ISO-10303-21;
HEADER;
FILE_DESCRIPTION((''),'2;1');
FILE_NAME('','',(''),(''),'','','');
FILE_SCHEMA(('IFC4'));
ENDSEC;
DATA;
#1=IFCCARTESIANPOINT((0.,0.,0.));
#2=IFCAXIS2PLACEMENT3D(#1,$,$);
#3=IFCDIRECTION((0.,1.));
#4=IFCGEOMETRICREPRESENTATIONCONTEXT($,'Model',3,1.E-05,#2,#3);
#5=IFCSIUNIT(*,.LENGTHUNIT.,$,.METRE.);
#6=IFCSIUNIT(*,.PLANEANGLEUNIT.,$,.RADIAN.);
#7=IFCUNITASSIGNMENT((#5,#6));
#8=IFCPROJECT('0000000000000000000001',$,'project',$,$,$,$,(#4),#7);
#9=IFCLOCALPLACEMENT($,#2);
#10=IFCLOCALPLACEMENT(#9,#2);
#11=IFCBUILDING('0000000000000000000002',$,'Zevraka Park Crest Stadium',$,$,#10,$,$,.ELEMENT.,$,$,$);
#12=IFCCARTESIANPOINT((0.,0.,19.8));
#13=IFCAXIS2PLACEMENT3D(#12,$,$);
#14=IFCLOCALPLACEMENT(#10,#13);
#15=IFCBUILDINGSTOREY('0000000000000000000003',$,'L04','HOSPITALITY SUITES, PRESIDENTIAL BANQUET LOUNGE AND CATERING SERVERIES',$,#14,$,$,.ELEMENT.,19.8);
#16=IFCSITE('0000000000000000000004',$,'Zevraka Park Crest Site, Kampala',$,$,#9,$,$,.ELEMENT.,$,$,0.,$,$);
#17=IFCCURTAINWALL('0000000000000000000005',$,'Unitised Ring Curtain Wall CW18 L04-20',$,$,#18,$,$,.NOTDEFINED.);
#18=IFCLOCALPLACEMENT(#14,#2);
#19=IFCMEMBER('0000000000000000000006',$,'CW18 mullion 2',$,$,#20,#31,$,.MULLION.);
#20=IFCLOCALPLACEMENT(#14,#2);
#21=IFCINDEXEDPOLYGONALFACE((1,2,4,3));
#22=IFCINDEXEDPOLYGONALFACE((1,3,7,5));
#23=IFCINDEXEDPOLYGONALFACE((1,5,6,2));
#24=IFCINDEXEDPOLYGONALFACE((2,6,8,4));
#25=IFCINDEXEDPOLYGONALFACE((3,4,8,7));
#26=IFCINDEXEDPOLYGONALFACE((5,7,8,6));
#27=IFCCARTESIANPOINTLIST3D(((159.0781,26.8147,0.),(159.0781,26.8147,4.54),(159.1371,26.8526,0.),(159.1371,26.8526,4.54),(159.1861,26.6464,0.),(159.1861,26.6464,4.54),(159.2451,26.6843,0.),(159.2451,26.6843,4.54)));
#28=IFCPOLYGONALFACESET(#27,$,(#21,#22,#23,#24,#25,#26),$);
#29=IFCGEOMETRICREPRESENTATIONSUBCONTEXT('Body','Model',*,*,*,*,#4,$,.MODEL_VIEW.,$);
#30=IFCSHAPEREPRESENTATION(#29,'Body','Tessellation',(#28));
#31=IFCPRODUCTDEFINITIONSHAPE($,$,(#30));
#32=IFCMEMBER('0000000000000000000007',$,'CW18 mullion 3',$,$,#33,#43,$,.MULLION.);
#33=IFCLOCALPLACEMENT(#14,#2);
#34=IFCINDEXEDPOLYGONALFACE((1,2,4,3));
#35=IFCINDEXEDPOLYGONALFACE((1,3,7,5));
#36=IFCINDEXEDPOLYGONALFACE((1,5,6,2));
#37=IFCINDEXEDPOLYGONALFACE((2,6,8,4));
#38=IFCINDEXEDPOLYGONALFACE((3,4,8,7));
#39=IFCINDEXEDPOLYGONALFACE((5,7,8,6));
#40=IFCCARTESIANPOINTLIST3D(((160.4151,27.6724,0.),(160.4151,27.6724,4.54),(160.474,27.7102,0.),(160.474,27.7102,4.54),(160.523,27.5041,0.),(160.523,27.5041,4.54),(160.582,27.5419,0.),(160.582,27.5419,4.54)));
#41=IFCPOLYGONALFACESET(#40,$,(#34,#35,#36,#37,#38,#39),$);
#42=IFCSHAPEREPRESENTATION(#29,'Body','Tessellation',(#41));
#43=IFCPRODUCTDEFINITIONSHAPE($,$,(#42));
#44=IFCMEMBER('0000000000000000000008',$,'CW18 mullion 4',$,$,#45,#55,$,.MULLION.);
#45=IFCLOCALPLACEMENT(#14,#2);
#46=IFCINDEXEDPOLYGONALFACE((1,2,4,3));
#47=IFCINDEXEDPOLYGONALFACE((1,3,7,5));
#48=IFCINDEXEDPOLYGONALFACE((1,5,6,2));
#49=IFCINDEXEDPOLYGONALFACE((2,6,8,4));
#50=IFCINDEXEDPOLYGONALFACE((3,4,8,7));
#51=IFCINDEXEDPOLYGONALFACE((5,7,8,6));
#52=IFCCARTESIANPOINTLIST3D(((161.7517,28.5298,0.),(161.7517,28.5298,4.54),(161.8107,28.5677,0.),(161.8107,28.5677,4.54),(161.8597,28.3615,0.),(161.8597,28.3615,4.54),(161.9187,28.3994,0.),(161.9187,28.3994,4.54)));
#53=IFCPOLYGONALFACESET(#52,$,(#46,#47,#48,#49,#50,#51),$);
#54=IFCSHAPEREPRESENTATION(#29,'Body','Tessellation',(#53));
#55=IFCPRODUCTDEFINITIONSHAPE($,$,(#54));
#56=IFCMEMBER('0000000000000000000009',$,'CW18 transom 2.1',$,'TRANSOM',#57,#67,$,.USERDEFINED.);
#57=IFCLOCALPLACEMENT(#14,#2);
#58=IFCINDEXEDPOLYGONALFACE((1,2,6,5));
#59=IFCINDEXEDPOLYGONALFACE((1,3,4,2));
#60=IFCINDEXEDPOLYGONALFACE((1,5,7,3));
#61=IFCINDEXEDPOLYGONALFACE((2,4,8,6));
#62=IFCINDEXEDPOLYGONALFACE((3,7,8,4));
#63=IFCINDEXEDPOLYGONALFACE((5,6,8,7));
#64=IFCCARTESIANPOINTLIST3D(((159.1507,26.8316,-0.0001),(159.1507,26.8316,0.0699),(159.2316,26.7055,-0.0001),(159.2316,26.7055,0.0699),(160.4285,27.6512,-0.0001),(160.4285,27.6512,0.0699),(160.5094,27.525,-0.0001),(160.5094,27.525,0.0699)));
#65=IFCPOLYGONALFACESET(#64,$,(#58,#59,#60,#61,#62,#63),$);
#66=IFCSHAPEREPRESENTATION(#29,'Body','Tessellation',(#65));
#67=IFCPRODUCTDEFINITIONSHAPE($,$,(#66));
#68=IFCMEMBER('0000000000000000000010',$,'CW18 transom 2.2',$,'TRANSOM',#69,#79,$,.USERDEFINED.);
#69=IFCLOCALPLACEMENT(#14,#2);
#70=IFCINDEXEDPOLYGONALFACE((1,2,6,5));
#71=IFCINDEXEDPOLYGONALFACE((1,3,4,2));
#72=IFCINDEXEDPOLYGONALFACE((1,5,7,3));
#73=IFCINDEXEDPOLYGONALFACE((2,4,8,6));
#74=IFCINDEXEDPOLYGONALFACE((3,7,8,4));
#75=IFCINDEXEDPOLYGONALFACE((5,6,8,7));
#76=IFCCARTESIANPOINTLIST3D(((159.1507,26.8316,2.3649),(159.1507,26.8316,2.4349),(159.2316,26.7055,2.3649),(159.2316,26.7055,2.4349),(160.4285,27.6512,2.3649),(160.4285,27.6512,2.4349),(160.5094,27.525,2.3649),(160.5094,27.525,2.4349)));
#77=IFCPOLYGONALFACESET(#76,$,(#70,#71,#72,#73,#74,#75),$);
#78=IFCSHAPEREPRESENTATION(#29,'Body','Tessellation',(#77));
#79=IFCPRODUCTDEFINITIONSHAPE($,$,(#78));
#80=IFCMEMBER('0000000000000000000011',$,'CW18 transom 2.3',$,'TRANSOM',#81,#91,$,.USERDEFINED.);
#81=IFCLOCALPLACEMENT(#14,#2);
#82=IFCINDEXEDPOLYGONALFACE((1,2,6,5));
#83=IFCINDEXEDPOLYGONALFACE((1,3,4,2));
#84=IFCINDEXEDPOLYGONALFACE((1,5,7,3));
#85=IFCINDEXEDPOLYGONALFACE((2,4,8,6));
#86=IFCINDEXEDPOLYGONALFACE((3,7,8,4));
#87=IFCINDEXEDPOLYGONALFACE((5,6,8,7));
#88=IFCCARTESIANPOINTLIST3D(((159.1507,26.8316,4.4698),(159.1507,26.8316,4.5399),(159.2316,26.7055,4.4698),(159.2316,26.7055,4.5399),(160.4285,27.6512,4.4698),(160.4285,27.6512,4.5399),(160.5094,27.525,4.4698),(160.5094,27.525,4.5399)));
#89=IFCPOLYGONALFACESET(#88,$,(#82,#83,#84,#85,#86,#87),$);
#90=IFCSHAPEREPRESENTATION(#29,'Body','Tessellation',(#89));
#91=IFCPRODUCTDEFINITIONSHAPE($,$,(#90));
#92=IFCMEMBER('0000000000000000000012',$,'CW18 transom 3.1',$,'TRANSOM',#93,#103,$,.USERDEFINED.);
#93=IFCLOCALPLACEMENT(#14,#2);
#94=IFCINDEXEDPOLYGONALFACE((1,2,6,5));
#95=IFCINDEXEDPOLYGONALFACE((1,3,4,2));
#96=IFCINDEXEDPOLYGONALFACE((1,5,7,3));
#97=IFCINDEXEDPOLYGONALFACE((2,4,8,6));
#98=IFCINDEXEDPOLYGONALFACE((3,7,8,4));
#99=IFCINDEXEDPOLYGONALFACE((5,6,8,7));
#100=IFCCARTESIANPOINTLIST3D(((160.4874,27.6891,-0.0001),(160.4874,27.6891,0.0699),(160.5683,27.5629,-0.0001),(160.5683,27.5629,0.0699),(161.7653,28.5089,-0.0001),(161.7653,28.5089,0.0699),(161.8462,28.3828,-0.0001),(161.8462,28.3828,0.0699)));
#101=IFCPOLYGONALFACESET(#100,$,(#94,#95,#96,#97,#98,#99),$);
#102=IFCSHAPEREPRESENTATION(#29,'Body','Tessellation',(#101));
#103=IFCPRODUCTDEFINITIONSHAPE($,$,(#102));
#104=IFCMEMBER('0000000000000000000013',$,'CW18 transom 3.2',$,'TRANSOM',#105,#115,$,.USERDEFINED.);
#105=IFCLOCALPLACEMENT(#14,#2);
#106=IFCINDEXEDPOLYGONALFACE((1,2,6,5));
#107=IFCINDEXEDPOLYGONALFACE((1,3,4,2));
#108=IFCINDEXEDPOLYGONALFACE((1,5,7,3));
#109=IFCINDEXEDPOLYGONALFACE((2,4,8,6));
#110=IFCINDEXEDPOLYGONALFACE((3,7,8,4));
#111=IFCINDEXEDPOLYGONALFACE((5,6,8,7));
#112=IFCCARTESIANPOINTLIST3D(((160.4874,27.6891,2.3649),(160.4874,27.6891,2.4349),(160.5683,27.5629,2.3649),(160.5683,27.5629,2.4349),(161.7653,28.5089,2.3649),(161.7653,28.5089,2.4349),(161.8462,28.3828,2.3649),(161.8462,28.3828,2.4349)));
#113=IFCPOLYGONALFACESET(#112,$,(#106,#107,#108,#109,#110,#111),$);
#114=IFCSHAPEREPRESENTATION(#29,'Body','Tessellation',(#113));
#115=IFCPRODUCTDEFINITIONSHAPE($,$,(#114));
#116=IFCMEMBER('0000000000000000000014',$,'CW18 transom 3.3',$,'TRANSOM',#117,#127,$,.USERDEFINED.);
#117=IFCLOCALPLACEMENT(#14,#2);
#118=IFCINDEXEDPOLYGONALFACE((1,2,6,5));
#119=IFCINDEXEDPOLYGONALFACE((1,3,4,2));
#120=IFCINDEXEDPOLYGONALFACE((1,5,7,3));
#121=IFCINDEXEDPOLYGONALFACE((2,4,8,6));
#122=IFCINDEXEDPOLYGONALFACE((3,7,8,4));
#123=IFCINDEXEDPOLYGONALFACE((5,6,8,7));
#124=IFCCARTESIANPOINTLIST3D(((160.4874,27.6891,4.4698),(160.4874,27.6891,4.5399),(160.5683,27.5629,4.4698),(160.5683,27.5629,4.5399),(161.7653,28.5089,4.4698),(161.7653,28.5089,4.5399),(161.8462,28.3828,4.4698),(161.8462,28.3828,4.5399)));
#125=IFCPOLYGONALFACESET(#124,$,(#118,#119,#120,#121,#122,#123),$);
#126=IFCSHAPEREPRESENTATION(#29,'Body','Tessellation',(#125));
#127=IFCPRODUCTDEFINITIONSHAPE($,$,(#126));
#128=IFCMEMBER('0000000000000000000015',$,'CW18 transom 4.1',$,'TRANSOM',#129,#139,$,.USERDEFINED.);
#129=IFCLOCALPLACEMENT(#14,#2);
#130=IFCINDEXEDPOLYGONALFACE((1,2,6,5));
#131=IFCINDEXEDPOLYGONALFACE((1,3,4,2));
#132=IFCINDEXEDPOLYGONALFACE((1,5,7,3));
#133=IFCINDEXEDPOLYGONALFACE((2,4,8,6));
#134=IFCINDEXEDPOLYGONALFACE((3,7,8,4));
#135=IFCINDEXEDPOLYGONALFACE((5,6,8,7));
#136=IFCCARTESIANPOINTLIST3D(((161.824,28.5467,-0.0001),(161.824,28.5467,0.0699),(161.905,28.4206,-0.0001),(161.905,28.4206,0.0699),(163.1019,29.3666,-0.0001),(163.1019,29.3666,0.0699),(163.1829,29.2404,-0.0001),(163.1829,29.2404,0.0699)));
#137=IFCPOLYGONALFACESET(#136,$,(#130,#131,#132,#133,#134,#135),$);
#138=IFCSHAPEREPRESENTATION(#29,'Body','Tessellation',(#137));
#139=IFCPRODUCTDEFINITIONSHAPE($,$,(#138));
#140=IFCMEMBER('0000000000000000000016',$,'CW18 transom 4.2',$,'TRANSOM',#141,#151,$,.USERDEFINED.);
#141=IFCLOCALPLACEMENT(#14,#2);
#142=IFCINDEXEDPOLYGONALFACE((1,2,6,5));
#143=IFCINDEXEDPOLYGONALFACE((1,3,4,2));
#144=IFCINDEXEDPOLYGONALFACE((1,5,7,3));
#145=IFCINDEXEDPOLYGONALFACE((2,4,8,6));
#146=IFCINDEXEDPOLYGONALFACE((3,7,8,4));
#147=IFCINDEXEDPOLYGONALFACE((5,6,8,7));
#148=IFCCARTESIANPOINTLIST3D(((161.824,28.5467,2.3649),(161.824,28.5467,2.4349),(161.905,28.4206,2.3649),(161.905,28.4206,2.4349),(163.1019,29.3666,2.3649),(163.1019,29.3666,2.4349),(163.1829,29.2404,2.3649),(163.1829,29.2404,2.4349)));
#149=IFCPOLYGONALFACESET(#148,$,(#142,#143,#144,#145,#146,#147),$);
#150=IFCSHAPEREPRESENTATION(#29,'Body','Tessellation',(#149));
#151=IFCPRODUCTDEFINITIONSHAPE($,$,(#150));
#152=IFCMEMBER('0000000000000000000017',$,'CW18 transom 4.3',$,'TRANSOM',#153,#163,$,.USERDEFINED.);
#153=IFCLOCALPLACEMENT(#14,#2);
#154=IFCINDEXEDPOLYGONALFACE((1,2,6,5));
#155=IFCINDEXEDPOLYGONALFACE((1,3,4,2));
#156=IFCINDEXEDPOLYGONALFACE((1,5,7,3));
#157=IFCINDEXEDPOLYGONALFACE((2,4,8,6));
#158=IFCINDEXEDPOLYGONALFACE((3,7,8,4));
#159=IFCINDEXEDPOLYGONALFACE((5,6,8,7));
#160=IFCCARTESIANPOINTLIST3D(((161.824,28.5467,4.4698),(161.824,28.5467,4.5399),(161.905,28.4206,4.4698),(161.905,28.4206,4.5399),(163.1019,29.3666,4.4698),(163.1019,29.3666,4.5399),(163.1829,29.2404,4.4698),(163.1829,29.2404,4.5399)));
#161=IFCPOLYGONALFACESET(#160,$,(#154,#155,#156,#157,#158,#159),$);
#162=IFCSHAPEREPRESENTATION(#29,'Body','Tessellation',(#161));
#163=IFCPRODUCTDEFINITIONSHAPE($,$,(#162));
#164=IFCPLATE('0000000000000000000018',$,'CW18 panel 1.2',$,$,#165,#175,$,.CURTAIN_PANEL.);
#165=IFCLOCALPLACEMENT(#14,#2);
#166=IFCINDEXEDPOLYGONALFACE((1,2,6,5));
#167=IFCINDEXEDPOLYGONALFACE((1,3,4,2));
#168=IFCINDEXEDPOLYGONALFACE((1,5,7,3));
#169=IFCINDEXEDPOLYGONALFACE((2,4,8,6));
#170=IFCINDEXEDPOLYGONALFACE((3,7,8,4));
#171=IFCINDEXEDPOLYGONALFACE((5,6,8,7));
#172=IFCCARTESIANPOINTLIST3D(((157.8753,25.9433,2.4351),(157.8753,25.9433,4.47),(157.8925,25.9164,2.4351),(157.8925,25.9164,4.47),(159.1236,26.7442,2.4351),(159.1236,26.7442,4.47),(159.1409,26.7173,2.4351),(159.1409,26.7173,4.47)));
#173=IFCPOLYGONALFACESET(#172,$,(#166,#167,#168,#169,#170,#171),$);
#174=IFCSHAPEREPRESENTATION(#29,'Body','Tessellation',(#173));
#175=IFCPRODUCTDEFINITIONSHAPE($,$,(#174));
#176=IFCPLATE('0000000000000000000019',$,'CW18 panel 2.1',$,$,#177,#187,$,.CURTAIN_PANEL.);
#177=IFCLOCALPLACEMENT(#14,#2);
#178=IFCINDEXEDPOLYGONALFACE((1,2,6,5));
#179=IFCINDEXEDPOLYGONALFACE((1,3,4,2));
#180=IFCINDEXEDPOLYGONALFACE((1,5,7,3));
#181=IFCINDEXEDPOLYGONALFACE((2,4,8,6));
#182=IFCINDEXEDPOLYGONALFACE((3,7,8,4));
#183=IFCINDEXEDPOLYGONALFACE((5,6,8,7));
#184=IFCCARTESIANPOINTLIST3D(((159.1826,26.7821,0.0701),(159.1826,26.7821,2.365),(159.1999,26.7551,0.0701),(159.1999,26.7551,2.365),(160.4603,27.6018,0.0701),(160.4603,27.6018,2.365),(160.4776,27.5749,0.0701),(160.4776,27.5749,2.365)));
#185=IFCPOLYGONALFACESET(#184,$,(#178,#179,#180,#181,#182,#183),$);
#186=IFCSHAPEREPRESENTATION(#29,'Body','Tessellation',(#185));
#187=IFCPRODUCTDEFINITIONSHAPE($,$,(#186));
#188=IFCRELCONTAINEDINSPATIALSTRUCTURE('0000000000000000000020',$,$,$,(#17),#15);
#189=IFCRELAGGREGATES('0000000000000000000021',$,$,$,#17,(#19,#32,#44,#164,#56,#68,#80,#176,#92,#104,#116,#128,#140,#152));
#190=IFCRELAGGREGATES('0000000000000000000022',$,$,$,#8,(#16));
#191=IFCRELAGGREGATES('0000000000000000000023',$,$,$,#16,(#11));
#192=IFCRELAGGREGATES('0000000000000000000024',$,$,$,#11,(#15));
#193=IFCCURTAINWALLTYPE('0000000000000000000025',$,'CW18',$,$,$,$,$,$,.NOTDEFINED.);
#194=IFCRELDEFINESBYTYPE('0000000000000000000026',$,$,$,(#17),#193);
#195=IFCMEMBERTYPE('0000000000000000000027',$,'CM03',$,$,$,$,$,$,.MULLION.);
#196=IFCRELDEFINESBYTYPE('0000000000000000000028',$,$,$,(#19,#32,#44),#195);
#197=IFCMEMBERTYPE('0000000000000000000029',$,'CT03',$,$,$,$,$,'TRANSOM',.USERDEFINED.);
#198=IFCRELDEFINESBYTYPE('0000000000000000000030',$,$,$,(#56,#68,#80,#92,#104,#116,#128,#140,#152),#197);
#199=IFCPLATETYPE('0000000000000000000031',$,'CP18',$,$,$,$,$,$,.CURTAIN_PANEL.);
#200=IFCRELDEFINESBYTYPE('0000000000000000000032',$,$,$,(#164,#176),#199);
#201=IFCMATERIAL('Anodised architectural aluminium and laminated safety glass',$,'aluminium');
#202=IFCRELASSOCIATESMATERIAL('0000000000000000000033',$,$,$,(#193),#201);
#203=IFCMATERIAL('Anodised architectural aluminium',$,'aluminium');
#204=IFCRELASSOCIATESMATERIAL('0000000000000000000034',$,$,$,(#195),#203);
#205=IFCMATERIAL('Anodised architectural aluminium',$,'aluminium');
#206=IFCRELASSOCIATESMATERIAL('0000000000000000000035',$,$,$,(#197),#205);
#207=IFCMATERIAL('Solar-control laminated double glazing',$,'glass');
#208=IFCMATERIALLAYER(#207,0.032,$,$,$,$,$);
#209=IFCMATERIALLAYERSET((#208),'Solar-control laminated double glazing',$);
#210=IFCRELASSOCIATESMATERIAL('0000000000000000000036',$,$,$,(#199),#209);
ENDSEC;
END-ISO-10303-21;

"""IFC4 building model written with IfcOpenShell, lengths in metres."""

from ifc_helpers import new_model, si_unit, direction, frame, origin, origin_2d, place, context, subcontext, project, spatial, rectangle, extrude, material, layer, layer_set, material_profile, profile_set, type_object, element, aggregate, save


model = new_model("IFC4")

# Units and contexts
model_context = context("Model", 3, precision=1e-05, world=origin(), true_north=direction((0.0, 1.0)))
body_context = subcontext(model_context, "Body", "Model", "MODEL_VIEW")
ifc_project = project(units=[si_unit("LENGTHUNIT", "METRE"), si_unit("PLANEANGLEUNIT", "RADIAN")], contexts=[model_context])

# Site, building, storey
site_placement = place(None, origin())
site = spatial("IfcSite", under=ifc_project, at=site_placement, Name="Zevraka Park Crest Site, Kampala", CompositionType="ELEMENT", RefElevation=0.0)
building_placement = place(site_placement, origin())
building = spatial("IfcBuilding", under=site, at=building_placement, Name="Zevraka Park Crest Stadium", CompositionType="ELEMENT")
storey_placement = place(building_placement, frame((0.0, 0.0, 19.8)))
storey = spatial("IfcBuildingStorey", under=building, at=storey_placement, Name="L04", Description="HOSPITALITY SUITES, PRESIDENTIAL BANQUET LOUNGE AND CATERING SERVERIES", CompositionType="ELEMENT", Elevation=19.8)

# Curtain wall, members, plates
ifc_material_1 = material(Name="Anodised architectural aluminium and laminated safety glass", Category="aluminium")
curtain_wall_type = type_object("IfcCurtainWallType", Name="CW18", PredefinedType="NOTDEFINED", material=ifc_material_1)
curtain_wall_placement = place(storey_placement, origin())
curtain_wall = element("IfcCurtainWall", 1, at=curtain_wall_placement, inside=storey, type_object=curtain_wall_type, Name="Unitised Ring Curtain Wall CW18 L04-20", PredefinedType="NOTDEFINED")
ifc_material_2 = material(Name="Anodised architectural aluminium", Category="aluminium")
ifc_material_profile_1 = material_profile(ifc_material_2, rectangle(XDim=0.2, YDim=0.0701, at=origin_2d()), Name="ALU MULLION 200x70")
ifc_profile_set_1 = profile_set([ifc_material_profile_1], Name="Anodised architectural aluminium")
member_type_1 = type_object("IfcMemberType", Name="CM03", PredefinedType="MULLION", material=ifc_profile_set_1)
member_1_placement = place(storey_placement, frame((159.1616, 26.7495, 0.0), z_axis=(0.0, 0.0, 1.0), x_axis=(-0.53998, 0.841678, 0.0)))
member_1 = element("IfcMember", 2, at=member_1_placement, type_object=member_type_1, Name="CW18 mullion 2", PredefinedType="MULLION", context=body_context, shape_type="SweptSolid", body=[
    extrude(rectangle(XDim=0.2, YDim=0.0701, at=origin_2d()), origin(), (0.0, 0.0, 1.0), 4.54),
])
member_2_placement = place(storey_placement, frame((160.4985, 27.6072, 0.0), z_axis=(0.0, 0.0, 1.0), x_axis=(-0.53998, 0.841678, 0.0)))
member_2 = element("IfcMember", 3, at=member_2_placement, type_object=member_type_1, Name="CW18 mullion 3", PredefinedType="MULLION", context=body_context, shape_type="SweptSolid", body=[
    extrude(rectangle(XDim=0.2, YDim=0.0701, at=origin_2d()), origin(), (0.0, 0.0, 1.0), 4.54),
])
member_3_placement = place(storey_placement, frame((161.8352, 28.4646, 0.0), z_axis=(0.0, 0.0, 1.0), x_axis=(-0.53998, 0.841678, 0.0)))
member_3 = element("IfcMember", 4, at=member_3_placement, type_object=member_type_1, Name="CW18 mullion 4", PredefinedType="MULLION", context=body_context, shape_type="SweptSolid", body=[
    extrude(rectangle(XDim=0.2, YDim=0.0701, at=origin_2d()), origin(), (0.0, 0.0, 1.0), 4.54),
])
ifc_material_3 = material(Name="Anodised architectural aluminium", Category="aluminium")
ifc_material_profile_2 = material_profile(ifc_material_3, rectangle(XDim=0.1499, YDim=0.0701, at=origin_2d()), Name="ALU TRANSOM 150x70")
ifc_profile_set_2 = profile_set([ifc_material_profile_2], Name="Anodised architectural aluminium")
member_type_2 = type_object("IfcMemberType", Name="CT03", ElementType="TRANSOM", PredefinedType="USERDEFINED", material=ifc_profile_set_2)
member_4_placement = place(storey_placement, frame((159.1912, 26.7686, 0.0349), z_axis=(0.841742, 0.539879, 0.0), x_axis=(-0.539879, 0.841742, 0.0)))
member_4 = element("IfcMember", 5, at=member_4_placement, type_object=member_type_2, Name="CW18 transom 2.1", ObjectType="TRANSOM", PredefinedType="USERDEFINED", context=body_context, shape_type="SweptSolid", body=[
    extrude(rectangle(XDim=0.1499, YDim=0.0701, at=origin_2d()), origin(), (0.0, 0.0, 1.0), 1.5181),
])
member_5_placement = place(storey_placement, frame((159.1912, 26.7686, 2.3999), z_axis=(0.841742, 0.539879, 0.0), x_axis=(-0.539879, 0.841742, 0.0)))
member_5 = element("IfcMember", 6, at=member_5_placement, type_object=member_type_2, Name="CW18 transom 2.2", ObjectType="TRANSOM", PredefinedType="USERDEFINED", context=body_context, shape_type="SweptSolid", body=[
    extrude(rectangle(XDim=0.1499, YDim=0.0701, at=origin_2d()), origin(), (0.0, 0.0, 1.0), 1.5181),
])
member_6_placement = place(storey_placement, frame((159.1912, 26.7686, 4.5049), z_axis=(0.841742, 0.539879, 0.0), x_axis=(-0.539879, 0.841742, 0.0)))
member_6 = element("IfcMember", 7, at=member_6_placement, type_object=member_type_2, Name="CW18 transom 2.3", ObjectType="TRANSOM", PredefinedType="USERDEFINED", context=body_context, shape_type="SweptSolid", body=[
    extrude(rectangle(XDim=0.1499, YDim=0.0701, at=origin_2d()), origin(), (0.0, 0.0, 1.0), 1.5181),
])
member_7_placement = place(storey_placement, frame((160.5278, 27.626, 0.0349), z_axis=(0.841669, 0.539993, 0.0), x_axis=(-0.539993, 0.841669, 0.0)))
member_7 = element("IfcMember", 8, at=member_7_placement, type_object=member_type_2, Name="CW18 transom 3.1", ObjectType="TRANSOM", PredefinedType="USERDEFINED", context=body_context, shape_type="SweptSolid", body=[
    extrude(rectangle(XDim=0.1499, YDim=0.0701, at=origin_2d()), origin(), (0.0, 0.0, 1.0), 1.5183),
])
member_8_placement = place(storey_placement, frame((160.5278, 27.626, 2.3999), z_axis=(0.841669, 0.539993, 0.0), x_axis=(-0.539993, 0.841669, 0.0)))
member_8 = element("IfcMember", 9, at=member_8_placement, type_object=member_type_2, Name="CW18 transom 3.2", ObjectType="TRANSOM", PredefinedType="USERDEFINED", context=body_context, shape_type="SweptSolid", body=[
    extrude(rectangle(XDim=0.1499, YDim=0.0701, at=origin_2d()), origin(), (0.0, 0.0, 1.0), 1.5183),
])
member_9_placement = place(storey_placement, frame((160.5278, 27.626, 4.5049), z_axis=(0.841669, 0.539993, 0.0), x_axis=(-0.539993, 0.841669, 0.0)))
member_9 = element("IfcMember", 10, at=member_9_placement, type_object=member_type_2, Name="CW18 transom 3.3", ObjectType="TRANSOM", PredefinedType="USERDEFINED", context=body_context, shape_type="SweptSolid", body=[
    extrude(rectangle(XDim=0.1499, YDim=0.0701, at=origin_2d()), origin(), (0.0, 0.0, 1.0), 1.5183),
])
member_10_placement = place(storey_placement, frame((161.8645, 28.4836, 0.0349), z_axis=(0.841669, 0.539993, 0.0), x_axis=(-0.539993, 0.841669, 0.0)))
member_10 = element("IfcMember", 11, at=member_10_placement, type_object=member_type_2, Name="CW18 transom 4.1", ObjectType="TRANSOM", PredefinedType="USERDEFINED", context=body_context, shape_type="SweptSolid", body=[
    extrude(rectangle(XDim=0.1499, YDim=0.0701, at=origin_2d()), origin(), (0.0, 0.0, 1.0), 1.5183),
])
member_11_placement = place(storey_placement, frame((161.8645, 28.4836, 2.3999), z_axis=(0.841669, 0.539993, 0.0), x_axis=(-0.539993, 0.841669, 0.0)))
member_11 = element("IfcMember", 12, at=member_11_placement, type_object=member_type_2, Name="CW18 transom 4.2", ObjectType="TRANSOM", PredefinedType="USERDEFINED", context=body_context, shape_type="SweptSolid", body=[
    extrude(rectangle(XDim=0.1499, YDim=0.0701, at=origin_2d()), origin(), (0.0, 0.0, 1.0), 1.5183),
])
member_12_placement = place(storey_placement, frame((161.8645, 28.4836, 4.5049), z_axis=(0.841669, 0.539993, 0.0), x_axis=(-0.539993, 0.841669, 0.0)))
member_12 = element("IfcMember", 13, at=member_12_placement, type_object=member_type_2, Name="CW18 transom 4.3", ObjectType="TRANSOM", PredefinedType="USERDEFINED", context=body_context, shape_type="SweptSolid", body=[
    extrude(rectangle(XDim=0.1499, YDim=0.0701, at=origin_2d()), origin(), (0.0, 0.0, 1.0), 1.5183),
])
ifc_material_4 = material(Name="Solar-control laminated double glazing", Category="glass")
ifc_layer_1 = layer(ifc_material_4, 0.032)
ifc_layer_set_1 = layer_set([ifc_layer_1], Name="Solar-control laminated double glazing")
plate_type = type_object("IfcPlateType", Name="CP18", PredefinedType="CURTAIN_PANEL", material=ifc_layer_set_1)
plate_1_placement = place(storey_placement, frame((158.5081, 26.3303, 2.4351), z_axis=(0.0, 0.0, 1.0), x_axis=(0.841678, 0.53998, 0.0)))
plate_1 = element("IfcPlate", 14, at=plate_1_placement, type_object=plate_type, Name="CW18 panel 1.2", PredefinedType="CURTAIN_PANEL", context=body_context, shape_type="SweptSolid", body=[
    extrude(rectangle(XDim=1.4832, YDim=0.032, at=origin_2d()), origin(), (0.0, 0.0, 1.0), 2.0349),
])
plate_2_placement = place(storey_placement, frame((159.8301, 27.1785, 0.0701), z_axis=(0.0, 0.0, 1.0), x_axis=(0.841678, 0.53998, 0.0)))
plate_2 = element("IfcPlate", 15, at=plate_2_placement, type_object=plate_type, Name="CW18 panel 2.1", PredefinedType="CURTAIN_PANEL", context=body_context, shape_type="SweptSolid", body=[
    extrude(rectangle(XDim=1.5181, YDim=0.032, at=origin_2d()), origin(), (0.0, 0.0, 1.0), 2.2949),
])
aggregate(curtain_wall, [member_1, member_2, member_3, plate_1, member_4, member_5, member_6, plate_2, member_7, member_8, member_9, member_10, member_11, member_12])

save(model, "model.ifc")
